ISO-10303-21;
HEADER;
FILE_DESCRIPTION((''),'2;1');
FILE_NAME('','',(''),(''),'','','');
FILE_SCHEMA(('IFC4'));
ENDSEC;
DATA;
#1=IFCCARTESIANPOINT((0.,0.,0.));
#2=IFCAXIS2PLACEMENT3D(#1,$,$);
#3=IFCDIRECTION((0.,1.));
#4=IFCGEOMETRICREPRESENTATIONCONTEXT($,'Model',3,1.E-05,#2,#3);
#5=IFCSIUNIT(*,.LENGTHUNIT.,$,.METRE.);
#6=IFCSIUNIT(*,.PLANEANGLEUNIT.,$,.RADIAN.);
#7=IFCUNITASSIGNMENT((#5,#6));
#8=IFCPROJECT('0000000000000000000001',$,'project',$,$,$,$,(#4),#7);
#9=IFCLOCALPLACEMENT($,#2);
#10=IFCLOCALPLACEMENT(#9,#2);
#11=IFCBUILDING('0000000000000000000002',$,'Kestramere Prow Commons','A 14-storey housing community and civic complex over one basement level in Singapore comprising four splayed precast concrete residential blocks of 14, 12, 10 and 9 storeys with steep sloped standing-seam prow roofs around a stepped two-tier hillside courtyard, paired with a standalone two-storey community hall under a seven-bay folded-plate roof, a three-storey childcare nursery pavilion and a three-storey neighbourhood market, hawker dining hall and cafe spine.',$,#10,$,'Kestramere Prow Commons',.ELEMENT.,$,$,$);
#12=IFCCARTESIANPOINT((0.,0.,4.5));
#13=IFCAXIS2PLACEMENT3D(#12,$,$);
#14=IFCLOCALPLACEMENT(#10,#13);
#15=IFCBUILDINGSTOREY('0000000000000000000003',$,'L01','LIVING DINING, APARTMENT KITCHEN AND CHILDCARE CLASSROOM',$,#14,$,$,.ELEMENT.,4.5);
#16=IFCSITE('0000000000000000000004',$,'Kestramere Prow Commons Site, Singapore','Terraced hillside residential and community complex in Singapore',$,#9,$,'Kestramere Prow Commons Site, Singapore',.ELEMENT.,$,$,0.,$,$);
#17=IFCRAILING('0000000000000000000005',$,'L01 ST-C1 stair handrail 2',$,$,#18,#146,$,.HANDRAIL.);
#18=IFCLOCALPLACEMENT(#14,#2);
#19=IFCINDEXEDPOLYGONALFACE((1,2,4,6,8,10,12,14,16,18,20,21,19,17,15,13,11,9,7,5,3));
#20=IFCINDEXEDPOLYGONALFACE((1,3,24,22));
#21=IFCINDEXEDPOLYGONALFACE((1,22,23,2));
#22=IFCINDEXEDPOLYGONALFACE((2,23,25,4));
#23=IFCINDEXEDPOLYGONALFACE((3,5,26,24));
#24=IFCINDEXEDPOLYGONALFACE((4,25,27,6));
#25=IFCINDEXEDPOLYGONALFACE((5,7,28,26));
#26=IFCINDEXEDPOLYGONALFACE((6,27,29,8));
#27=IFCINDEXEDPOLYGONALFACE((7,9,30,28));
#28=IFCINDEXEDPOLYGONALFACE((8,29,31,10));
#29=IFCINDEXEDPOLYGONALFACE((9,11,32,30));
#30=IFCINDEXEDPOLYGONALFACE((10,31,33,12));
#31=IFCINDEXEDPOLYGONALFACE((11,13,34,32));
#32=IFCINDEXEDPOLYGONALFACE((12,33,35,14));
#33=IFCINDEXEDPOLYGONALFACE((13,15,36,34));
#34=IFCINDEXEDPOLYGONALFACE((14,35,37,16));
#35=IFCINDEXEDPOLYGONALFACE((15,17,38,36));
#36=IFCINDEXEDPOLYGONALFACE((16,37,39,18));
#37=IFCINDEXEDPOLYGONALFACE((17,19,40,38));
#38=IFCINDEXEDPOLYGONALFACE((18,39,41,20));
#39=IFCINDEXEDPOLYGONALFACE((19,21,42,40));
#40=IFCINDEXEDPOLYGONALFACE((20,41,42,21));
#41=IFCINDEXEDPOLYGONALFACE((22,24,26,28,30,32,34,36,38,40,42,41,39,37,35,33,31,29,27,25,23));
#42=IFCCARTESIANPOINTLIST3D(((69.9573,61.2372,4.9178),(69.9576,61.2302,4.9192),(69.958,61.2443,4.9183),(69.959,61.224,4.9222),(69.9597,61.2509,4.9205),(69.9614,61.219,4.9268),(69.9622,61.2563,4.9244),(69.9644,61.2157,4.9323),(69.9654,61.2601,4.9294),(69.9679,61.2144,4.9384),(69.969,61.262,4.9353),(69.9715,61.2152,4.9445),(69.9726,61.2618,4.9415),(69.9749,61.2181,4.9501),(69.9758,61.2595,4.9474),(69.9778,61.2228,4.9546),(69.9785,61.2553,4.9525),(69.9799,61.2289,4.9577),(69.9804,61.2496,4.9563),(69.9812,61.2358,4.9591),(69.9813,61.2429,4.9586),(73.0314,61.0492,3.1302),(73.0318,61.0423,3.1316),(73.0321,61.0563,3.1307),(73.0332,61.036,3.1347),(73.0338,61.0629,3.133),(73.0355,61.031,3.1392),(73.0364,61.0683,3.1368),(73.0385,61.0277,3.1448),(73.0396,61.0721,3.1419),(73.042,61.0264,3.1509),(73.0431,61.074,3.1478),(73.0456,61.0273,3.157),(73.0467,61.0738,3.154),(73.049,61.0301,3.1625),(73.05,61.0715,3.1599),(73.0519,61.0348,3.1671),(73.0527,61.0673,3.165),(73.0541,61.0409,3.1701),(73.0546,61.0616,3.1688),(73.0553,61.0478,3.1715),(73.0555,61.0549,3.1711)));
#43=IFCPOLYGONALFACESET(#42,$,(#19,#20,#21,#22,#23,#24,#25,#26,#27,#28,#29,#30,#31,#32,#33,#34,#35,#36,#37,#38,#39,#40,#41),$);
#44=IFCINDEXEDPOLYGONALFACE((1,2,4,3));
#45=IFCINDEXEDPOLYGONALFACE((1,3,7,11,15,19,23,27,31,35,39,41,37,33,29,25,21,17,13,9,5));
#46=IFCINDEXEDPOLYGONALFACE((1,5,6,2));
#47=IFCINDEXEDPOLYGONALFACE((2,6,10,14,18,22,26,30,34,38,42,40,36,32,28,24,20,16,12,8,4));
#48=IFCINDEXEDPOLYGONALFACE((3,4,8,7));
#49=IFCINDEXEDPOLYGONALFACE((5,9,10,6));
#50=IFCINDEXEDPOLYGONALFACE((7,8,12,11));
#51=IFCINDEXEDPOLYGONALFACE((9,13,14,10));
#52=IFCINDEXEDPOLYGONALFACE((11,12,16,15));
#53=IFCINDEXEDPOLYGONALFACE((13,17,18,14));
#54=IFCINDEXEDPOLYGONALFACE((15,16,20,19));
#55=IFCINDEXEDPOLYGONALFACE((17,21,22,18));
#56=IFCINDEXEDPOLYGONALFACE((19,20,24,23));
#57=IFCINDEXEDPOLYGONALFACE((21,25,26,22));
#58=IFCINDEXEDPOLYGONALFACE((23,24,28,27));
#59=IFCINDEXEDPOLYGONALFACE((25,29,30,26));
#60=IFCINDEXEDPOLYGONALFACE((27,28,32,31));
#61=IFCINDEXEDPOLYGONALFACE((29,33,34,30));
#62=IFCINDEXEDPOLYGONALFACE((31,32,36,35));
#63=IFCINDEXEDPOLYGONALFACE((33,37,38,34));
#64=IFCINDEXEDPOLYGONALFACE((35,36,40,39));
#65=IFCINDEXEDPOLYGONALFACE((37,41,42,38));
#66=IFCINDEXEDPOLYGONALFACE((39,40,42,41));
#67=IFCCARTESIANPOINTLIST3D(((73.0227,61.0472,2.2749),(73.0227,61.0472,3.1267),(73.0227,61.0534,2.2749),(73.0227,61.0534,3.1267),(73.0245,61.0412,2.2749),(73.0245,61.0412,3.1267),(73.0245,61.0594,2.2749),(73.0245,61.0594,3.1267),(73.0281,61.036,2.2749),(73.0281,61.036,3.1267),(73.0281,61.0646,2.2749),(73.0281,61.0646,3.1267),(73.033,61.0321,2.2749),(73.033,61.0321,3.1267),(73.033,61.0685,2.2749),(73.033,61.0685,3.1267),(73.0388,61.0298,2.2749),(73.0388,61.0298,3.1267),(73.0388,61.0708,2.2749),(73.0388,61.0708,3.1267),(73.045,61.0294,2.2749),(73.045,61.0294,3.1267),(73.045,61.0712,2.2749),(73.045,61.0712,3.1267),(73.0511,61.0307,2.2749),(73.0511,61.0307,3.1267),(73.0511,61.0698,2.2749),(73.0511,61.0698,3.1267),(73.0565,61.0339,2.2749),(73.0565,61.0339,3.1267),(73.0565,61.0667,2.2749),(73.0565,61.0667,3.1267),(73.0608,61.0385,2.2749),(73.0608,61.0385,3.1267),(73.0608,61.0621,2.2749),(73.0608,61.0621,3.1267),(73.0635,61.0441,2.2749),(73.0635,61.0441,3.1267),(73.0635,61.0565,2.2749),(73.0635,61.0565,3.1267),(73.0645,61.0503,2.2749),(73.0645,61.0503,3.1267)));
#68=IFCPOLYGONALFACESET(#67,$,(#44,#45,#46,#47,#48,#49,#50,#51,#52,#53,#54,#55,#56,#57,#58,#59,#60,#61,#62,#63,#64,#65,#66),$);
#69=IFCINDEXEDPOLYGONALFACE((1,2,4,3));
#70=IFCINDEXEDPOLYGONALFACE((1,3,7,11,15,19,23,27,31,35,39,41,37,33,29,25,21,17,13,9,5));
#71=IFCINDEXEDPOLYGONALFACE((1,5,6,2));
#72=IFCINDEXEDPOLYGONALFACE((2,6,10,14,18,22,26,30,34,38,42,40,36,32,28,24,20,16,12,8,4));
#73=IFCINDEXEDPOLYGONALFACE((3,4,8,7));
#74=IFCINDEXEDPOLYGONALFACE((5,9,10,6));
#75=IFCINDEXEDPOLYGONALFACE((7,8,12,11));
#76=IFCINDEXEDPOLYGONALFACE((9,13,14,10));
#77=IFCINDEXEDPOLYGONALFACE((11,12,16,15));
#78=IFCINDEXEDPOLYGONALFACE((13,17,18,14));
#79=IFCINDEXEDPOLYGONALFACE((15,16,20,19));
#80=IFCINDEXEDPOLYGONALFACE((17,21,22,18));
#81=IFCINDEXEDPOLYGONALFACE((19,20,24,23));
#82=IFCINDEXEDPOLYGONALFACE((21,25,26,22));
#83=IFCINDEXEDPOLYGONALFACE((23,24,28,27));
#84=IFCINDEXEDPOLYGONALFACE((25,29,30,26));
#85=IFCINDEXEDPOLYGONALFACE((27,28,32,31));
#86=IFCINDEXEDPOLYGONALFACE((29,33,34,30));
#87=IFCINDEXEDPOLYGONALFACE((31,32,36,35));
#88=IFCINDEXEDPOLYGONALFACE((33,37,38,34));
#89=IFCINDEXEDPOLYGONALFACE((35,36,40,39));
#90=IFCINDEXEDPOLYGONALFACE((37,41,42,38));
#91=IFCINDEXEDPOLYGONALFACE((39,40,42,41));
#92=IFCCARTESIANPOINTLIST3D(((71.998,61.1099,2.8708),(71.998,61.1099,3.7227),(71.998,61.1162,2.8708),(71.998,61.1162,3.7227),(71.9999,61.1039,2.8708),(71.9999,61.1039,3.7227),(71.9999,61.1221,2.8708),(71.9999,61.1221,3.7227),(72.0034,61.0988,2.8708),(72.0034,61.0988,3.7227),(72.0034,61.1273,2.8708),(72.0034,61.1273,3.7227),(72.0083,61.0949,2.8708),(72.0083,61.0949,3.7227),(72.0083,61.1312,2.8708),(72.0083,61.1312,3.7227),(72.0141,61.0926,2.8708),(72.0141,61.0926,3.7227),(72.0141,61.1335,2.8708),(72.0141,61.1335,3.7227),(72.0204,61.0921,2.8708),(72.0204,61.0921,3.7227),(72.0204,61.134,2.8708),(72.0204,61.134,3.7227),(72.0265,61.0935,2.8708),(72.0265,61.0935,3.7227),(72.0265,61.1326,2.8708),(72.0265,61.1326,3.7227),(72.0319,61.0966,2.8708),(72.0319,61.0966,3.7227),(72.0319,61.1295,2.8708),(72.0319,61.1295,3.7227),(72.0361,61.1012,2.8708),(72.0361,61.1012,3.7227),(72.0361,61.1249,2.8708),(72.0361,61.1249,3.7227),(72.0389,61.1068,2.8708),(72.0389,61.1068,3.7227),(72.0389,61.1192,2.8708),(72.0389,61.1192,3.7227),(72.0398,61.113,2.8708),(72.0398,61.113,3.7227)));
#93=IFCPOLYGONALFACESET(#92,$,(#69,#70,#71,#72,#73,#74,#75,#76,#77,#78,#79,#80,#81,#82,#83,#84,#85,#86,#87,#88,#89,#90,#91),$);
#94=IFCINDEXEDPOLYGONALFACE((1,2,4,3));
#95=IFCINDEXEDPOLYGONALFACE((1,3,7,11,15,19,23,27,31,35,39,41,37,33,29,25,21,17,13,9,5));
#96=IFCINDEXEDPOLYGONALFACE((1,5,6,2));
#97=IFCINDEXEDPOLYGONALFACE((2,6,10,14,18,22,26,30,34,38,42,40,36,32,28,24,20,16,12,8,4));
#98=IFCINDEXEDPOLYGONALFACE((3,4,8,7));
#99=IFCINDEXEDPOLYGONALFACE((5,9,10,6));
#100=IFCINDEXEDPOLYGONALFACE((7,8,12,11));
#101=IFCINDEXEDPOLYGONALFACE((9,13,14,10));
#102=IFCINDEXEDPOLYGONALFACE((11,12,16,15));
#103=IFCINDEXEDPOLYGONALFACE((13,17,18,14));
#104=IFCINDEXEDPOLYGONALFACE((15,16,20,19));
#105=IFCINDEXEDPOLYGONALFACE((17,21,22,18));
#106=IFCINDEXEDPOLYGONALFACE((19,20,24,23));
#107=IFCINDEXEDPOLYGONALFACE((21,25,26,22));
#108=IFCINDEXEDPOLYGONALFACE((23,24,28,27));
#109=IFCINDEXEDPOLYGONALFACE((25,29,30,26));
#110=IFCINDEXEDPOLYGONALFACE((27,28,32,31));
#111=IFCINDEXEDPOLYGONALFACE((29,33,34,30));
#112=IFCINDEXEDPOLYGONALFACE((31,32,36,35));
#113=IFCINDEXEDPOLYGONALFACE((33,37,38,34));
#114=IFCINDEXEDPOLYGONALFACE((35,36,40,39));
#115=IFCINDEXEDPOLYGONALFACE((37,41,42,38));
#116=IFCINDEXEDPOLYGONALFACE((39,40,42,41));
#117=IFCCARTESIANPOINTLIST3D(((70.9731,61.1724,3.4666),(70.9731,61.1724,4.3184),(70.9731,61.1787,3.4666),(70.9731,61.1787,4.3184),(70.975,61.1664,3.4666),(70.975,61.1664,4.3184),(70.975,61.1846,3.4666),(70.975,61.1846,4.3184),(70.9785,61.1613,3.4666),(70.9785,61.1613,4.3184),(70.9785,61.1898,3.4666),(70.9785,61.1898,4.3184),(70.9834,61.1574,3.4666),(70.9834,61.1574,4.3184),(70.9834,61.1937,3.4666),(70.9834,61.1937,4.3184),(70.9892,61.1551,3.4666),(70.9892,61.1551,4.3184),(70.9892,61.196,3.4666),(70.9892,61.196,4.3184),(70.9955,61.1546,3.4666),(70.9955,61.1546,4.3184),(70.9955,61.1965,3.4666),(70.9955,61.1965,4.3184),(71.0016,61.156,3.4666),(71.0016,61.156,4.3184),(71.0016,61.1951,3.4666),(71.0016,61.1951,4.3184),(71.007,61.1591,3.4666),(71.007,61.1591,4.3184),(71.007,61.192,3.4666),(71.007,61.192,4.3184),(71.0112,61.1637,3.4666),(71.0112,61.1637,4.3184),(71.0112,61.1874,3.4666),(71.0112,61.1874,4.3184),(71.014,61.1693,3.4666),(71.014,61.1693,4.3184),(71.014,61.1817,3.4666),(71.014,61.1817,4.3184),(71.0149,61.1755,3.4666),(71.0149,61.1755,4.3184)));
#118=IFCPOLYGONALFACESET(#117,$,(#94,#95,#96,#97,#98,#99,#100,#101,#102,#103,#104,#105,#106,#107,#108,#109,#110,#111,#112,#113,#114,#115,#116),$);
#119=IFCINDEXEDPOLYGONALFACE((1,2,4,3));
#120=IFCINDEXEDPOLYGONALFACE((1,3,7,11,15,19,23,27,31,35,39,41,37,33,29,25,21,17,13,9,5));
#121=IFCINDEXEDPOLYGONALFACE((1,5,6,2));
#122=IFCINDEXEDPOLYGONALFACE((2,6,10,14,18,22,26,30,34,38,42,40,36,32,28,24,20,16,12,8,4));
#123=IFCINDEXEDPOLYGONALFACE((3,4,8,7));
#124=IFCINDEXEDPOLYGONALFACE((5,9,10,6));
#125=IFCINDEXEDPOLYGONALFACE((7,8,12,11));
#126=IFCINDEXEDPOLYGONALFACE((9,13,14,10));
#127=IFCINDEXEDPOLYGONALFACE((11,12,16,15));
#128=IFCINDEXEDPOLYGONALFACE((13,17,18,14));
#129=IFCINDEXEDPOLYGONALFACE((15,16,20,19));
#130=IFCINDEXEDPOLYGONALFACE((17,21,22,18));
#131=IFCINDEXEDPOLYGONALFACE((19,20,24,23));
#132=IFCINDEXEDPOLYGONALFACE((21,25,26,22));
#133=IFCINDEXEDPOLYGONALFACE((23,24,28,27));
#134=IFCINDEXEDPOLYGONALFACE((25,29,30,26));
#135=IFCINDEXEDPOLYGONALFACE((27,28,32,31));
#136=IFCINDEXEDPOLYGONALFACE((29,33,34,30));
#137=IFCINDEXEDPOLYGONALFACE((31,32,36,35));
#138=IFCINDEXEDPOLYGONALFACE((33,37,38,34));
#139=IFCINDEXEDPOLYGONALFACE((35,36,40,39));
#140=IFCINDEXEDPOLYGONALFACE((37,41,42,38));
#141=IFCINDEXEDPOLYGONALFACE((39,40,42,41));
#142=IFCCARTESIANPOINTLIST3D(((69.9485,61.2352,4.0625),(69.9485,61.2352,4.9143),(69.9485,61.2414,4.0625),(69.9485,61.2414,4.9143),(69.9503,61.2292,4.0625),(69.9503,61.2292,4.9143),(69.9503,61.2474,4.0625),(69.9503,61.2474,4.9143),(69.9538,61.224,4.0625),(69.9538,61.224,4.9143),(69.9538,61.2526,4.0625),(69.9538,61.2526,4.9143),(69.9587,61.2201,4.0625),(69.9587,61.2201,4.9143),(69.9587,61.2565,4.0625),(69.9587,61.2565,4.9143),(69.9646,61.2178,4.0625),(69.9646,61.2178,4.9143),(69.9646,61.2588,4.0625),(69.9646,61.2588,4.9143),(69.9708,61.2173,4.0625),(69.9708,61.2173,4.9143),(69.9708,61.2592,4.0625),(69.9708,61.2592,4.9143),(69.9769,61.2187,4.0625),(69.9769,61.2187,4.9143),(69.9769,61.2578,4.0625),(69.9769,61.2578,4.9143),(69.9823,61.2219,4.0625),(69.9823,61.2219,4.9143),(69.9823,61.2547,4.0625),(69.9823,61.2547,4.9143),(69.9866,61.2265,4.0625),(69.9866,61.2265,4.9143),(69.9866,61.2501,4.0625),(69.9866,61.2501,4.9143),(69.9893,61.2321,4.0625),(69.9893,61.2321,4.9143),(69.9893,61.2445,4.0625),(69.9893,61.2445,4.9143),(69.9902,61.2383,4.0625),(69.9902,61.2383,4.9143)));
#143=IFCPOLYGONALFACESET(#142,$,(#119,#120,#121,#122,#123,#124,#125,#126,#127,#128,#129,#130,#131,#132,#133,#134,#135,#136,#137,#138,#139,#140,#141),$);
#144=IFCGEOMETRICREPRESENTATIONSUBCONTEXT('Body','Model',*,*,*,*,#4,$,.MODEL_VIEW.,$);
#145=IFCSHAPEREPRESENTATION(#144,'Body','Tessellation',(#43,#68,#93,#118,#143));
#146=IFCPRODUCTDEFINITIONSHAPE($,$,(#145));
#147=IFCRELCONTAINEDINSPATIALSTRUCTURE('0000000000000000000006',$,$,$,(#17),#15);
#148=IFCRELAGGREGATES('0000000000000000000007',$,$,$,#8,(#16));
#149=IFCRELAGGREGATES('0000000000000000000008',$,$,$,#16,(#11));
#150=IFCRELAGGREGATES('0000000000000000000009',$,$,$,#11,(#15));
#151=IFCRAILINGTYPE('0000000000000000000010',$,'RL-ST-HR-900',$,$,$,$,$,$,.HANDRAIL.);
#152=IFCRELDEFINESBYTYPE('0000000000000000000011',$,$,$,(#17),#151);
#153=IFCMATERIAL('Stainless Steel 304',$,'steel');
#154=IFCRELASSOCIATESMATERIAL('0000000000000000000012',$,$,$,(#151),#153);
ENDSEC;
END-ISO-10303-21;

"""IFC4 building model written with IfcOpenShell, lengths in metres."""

from ifc_helpers import new_model, si_unit, direction, frame, origin, origin_2d, place, context, subcontext, project, spatial, circle, extrude, material, type_object, element, save


model = new_model("IFC4")

# Units and contexts
model_context = context("Model", 3, precision=1e-05, world=origin(), true_north=direction((0.0, 1.0)))
body_context = subcontext(model_context, "Body", "Model", "MODEL_VIEW")
ifc_project = project(units=[si_unit("LENGTHUNIT", "METRE"), si_unit("PLANEANGLEUNIT", "RADIAN")], contexts=[model_context])

# Site, building, storey
site_placement = place(None, origin())
site = spatial("IfcSite", under=ifc_project, at=site_placement, Name="Kestramere Prow Commons Site, Singapore", Description="Terraced hillside residential and community complex in Singapore", LongName="Kestramere Prow Commons Site, Singapore", CompositionType="ELEMENT", RefElevation=0.0)
building_placement = place(site_placement, origin())
building = spatial("IfcBuilding", under=site, at=building_placement, Name="Kestramere Prow Commons", Description="A 14-storey housing community and civic complex over one basement level in Singapore comprising four splayed precast concrete residential blocks of 14, 12, 10 and 9 storeys with steep sloped standing-seam prow roofs around a stepped two-tier hillside courtyard, paired with a standalone two-storey community hall under a seven-bay folded-plate roof, a three-storey childcare nursery pavilion and a three-storey neighbourhood market, hawker dining hall and cafe spine.", LongName="Kestramere Prow Commons", CompositionType="ELEMENT")
storey_placement = place(building_placement, frame((0.0, 0.0, 4.5)))
storey = spatial("IfcBuildingStorey", under=building, at=storey_placement, Name="L01", Description="LIVING DINING, APARTMENT KITCHEN AND CHILDCARE CLASSROOM", CompositionType="ELEMENT", Elevation=4.5)

# Railing
ifc_material_1 = material(Name="Stainless Steel 304", Category="steel")
railing_type_1 = type_object("IfcRailingType", Name="RL-ST-HR-900", PredefinedType="HANDRAIL", material=ifc_material_1)
railing_1_placement = place(storey_placement, frame((73.0435, 61.0503, 2.2749)))
element("IfcRailing", 1, at=railing_1_placement, inside=storey, type_object=railing_type_1, Name="L01 ST-C1 stair handrail 2", PredefinedType="HANDRAIL", context=body_context, shape_type="SweptSolid", body=[
    extrude(circle(Radius=0.0239, at=origin_2d()), frame((0.0, 0.0, 0.876), z_axis=(-0.86327, 0.052789, 0.501974), x_axis=(-0.061036, -0.998136, 0.0)), (0.0, 0.0, 1.0), 3.561),
    extrude(circle(Radius=0.021, at=origin_2d()), origin(), (0.0, 0.0, 1.0), 0.8518),
    extrude(circle(Radius=0.021, at=origin_2d()), frame((-1.0247, 0.0627, 0.5959)), (0.0, 0.0, 1.0), 0.8518),
    extrude(circle(Radius=0.021, at=origin_2d()), frame((-2.0496, 0.1252, 1.1917)), (0.0, 0.0, 1.0), 0.8518),
    extrude(circle(Radius=0.021, at=origin_2d()), frame((-3.0742, 0.188, 1.7876)), (0.0, 0.0, 1.0), 0.8518),
])

save(model, "model.ifc")
